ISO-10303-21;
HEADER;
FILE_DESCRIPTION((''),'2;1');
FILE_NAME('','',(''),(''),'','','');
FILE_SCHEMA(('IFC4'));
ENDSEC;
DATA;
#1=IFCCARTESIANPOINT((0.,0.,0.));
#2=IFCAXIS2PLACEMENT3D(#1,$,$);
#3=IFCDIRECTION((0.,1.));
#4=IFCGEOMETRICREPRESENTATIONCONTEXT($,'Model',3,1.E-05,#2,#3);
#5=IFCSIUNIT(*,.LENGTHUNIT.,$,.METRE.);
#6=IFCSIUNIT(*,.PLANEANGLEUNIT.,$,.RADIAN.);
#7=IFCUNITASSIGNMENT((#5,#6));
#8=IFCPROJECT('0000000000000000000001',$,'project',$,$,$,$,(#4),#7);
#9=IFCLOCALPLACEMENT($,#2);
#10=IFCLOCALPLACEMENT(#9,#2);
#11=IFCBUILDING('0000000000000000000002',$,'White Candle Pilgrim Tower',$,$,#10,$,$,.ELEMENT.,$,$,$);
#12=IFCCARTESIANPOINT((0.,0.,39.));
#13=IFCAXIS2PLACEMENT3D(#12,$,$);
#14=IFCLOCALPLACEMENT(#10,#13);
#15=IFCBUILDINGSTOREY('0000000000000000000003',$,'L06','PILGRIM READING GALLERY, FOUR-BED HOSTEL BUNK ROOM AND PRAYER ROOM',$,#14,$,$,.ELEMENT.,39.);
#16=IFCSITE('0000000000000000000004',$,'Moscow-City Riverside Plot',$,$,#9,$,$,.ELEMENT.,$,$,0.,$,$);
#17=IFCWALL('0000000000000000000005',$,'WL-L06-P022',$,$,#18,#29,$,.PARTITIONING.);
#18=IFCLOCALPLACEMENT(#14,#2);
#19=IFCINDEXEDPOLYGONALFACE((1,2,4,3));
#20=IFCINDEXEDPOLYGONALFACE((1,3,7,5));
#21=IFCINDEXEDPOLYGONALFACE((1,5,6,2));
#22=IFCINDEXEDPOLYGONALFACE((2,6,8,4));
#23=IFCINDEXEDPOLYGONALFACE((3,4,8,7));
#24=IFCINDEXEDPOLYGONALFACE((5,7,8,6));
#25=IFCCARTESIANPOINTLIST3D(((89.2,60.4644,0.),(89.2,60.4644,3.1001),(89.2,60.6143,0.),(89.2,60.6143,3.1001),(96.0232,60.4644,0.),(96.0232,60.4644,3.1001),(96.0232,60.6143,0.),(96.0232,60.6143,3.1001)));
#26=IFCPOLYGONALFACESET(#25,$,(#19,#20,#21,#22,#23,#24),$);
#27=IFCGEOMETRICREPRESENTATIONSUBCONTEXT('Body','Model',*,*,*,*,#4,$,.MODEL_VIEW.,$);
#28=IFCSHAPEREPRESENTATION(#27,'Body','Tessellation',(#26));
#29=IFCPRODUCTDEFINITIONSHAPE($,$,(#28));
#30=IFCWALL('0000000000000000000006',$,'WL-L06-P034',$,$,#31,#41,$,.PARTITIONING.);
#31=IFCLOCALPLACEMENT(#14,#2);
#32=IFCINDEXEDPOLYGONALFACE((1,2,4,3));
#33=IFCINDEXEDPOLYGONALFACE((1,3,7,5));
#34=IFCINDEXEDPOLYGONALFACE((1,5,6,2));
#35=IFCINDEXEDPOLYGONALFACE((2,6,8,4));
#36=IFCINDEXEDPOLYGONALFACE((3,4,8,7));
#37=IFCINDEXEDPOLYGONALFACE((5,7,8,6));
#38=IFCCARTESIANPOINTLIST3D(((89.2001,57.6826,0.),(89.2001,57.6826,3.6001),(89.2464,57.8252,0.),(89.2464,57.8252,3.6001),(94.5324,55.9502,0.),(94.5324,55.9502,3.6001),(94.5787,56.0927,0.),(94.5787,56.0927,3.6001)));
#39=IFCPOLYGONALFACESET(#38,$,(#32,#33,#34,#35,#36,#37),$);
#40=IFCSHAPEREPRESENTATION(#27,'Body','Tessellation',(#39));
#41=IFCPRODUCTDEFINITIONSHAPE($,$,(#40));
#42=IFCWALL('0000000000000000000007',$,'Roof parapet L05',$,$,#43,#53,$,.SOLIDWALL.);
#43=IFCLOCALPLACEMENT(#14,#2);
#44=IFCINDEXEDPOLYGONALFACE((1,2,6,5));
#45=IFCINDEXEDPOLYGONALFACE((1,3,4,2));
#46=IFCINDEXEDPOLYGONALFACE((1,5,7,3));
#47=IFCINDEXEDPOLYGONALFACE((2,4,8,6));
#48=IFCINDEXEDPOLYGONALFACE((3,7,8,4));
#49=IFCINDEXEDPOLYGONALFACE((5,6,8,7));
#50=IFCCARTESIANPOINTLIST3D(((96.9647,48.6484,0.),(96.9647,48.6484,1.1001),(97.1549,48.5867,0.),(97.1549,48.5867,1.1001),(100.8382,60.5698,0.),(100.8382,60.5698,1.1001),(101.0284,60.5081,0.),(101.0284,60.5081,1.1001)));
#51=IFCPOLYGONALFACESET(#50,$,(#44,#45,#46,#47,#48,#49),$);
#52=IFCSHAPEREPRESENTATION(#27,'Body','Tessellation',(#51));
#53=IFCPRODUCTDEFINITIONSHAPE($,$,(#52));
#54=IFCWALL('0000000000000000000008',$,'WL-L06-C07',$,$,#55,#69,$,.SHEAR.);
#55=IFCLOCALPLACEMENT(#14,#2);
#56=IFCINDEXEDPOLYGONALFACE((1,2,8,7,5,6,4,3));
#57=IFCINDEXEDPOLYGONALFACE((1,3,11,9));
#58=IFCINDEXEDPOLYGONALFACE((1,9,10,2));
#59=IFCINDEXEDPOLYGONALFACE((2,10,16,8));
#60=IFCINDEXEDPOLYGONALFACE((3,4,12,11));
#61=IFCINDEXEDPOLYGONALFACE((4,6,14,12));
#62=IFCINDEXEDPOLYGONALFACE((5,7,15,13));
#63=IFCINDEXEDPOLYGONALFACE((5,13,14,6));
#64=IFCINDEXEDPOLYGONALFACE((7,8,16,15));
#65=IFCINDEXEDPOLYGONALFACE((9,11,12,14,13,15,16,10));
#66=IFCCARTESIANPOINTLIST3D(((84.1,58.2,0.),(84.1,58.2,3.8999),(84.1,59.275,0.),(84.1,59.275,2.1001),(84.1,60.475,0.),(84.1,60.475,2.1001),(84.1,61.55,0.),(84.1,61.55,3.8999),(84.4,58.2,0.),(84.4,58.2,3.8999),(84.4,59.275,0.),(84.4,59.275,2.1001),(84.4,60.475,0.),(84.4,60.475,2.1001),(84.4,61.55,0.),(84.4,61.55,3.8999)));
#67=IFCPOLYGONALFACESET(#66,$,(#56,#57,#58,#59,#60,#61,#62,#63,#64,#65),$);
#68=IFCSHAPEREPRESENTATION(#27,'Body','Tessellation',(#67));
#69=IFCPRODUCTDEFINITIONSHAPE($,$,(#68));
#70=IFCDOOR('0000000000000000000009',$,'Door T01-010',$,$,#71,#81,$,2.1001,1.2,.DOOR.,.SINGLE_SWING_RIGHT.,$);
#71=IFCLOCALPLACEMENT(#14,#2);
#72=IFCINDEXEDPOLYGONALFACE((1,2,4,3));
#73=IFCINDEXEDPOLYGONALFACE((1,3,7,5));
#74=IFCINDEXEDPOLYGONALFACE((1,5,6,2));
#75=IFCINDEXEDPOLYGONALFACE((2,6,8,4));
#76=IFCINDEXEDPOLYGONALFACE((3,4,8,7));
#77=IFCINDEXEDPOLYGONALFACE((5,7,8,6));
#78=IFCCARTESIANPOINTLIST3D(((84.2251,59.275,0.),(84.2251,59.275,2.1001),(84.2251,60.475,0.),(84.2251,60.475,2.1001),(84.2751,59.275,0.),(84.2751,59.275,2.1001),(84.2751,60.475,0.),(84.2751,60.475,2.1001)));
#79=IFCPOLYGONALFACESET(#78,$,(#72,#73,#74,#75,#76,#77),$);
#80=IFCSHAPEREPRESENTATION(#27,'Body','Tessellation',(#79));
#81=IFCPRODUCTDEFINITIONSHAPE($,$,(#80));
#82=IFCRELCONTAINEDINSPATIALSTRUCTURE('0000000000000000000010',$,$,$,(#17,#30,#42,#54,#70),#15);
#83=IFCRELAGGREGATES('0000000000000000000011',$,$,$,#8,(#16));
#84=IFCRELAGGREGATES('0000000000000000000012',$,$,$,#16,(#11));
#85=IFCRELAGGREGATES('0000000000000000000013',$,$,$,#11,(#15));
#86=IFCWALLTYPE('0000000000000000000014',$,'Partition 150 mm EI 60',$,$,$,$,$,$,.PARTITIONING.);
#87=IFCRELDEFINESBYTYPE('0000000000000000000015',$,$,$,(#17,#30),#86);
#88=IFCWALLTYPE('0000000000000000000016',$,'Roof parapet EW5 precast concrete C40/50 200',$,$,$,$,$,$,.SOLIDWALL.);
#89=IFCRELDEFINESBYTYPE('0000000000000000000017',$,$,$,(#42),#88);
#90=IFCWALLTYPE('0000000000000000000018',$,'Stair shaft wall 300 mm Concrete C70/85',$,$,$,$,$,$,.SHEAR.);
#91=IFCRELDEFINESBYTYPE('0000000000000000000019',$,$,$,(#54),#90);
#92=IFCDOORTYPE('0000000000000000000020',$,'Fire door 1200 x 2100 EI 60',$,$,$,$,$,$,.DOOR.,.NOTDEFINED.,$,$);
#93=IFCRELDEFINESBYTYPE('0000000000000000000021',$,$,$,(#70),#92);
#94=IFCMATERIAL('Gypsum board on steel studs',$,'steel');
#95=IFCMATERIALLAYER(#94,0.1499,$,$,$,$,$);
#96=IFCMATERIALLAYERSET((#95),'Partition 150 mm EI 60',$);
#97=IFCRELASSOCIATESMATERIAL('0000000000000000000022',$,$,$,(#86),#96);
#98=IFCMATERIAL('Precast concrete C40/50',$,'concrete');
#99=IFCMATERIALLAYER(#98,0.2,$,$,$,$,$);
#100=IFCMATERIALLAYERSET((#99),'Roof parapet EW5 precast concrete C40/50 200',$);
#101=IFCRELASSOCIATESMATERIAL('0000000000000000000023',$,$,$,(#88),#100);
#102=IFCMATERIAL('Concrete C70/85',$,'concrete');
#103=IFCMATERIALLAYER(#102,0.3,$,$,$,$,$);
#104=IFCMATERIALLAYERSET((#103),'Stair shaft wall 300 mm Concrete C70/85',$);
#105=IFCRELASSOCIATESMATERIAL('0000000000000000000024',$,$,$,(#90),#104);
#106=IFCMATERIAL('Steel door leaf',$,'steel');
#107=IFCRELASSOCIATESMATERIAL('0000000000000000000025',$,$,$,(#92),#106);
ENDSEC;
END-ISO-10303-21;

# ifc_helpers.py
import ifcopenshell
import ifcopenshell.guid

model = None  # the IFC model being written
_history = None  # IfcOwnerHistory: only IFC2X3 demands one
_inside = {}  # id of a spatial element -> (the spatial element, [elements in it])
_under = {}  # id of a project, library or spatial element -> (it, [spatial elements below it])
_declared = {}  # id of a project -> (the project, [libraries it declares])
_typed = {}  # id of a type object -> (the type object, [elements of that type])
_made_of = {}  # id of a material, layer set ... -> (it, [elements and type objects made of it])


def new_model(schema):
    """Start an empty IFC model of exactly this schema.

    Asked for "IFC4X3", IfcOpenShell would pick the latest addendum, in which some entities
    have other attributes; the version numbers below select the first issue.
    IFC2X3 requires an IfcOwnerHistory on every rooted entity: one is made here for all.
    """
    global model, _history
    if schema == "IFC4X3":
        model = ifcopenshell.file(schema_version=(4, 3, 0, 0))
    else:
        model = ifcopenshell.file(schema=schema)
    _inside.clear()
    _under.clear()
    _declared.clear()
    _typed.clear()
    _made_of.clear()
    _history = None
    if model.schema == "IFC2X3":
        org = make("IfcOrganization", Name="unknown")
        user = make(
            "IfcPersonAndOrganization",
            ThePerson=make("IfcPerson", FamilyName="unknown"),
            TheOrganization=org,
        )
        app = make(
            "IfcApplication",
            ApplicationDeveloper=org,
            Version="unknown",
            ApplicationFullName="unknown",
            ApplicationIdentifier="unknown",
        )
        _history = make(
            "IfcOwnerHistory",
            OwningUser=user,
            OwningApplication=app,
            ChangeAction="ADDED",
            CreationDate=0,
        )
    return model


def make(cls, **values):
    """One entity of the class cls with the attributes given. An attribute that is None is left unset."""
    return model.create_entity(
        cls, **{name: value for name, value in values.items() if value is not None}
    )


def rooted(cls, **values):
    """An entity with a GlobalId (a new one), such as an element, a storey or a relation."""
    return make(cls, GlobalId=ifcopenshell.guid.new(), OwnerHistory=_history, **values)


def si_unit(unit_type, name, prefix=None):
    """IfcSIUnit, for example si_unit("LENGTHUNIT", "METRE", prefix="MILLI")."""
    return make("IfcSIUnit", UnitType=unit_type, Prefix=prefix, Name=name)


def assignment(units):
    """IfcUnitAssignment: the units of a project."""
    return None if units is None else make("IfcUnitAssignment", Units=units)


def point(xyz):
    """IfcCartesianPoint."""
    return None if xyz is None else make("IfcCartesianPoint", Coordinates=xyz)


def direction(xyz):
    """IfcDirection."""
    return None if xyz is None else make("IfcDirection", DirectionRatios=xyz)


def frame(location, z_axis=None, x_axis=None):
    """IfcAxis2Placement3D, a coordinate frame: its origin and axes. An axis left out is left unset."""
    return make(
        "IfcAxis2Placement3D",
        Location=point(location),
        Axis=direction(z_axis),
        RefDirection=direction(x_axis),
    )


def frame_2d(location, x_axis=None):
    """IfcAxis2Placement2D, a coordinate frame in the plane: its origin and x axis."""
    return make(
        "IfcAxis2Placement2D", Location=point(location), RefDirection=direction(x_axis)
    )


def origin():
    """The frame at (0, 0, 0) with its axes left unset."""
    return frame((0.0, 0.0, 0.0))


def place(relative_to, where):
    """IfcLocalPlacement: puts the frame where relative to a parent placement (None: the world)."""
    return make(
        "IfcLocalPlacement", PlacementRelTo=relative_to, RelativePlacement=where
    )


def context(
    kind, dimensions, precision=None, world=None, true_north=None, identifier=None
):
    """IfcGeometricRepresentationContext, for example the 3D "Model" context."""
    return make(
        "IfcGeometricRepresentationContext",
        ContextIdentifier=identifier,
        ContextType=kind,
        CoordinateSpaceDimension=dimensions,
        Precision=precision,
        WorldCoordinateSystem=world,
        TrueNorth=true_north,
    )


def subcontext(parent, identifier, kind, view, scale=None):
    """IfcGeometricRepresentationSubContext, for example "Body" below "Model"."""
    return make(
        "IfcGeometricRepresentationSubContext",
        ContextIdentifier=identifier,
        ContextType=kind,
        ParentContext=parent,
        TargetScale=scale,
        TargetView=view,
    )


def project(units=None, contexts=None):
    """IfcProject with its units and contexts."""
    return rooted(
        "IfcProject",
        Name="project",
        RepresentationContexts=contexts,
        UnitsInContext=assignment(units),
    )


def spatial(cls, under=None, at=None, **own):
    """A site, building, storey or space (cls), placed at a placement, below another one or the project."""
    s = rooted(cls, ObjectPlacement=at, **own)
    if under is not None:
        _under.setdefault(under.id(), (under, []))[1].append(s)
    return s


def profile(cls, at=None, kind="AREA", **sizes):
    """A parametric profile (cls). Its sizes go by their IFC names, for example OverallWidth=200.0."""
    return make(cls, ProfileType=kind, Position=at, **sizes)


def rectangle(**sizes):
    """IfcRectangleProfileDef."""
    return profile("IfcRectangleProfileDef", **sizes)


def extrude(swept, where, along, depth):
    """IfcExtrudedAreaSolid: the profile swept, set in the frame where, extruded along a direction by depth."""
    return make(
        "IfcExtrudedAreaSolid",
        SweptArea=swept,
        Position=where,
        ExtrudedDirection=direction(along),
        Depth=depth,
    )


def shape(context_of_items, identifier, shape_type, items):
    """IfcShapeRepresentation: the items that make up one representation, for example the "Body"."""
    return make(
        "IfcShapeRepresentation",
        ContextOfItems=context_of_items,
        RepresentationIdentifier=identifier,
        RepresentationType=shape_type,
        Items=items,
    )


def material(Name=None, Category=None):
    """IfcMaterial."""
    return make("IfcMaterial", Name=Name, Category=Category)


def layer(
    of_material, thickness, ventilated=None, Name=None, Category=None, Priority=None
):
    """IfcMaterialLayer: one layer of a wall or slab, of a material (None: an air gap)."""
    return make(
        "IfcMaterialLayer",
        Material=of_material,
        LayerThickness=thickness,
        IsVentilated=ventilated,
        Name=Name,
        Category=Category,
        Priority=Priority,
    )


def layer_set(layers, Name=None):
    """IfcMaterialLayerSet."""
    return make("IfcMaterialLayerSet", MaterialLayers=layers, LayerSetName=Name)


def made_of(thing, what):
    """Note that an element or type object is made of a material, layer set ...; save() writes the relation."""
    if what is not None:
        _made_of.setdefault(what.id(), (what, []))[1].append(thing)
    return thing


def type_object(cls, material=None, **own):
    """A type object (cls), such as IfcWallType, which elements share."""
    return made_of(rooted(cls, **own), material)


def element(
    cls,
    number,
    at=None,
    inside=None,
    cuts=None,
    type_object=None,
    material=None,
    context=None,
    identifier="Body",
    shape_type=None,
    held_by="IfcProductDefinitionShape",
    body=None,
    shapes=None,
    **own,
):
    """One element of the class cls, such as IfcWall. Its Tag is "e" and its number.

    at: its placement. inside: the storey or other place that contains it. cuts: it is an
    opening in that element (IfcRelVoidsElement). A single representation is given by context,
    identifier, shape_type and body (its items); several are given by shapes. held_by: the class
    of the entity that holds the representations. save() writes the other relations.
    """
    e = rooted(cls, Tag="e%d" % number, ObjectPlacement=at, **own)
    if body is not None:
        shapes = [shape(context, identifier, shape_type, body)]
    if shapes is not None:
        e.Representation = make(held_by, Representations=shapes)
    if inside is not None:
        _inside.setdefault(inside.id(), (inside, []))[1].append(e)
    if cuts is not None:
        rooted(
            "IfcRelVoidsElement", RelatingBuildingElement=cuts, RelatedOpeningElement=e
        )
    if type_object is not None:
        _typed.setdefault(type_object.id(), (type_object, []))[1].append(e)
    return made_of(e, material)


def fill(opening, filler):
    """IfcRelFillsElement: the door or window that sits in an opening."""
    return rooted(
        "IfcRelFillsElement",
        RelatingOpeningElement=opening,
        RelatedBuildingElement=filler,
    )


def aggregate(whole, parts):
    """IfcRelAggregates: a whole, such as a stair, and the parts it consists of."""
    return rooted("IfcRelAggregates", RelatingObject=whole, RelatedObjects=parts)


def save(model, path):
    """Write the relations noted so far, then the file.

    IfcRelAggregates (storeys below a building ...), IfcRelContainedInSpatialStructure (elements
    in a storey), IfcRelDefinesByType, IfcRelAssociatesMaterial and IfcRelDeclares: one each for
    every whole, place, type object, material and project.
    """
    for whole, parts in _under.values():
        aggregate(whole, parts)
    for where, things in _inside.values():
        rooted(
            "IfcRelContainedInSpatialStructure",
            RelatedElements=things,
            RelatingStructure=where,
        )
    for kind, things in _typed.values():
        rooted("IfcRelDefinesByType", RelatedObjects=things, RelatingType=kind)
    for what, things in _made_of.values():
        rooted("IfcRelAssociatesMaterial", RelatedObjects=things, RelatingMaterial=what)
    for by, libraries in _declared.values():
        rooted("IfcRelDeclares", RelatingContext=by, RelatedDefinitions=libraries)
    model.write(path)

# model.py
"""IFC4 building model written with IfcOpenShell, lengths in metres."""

from ifc_helpers import new_model, si_unit, direction, frame, frame_2d, origin, place, context, subcontext, project, spatial, rectangle, extrude, material, layer, layer_set, type_object, element, fill, save


model = new_model("IFC4")

# Units and contexts
model_context = context("Model", 3, precision=1e-05, world=origin(), true_north=direction((0.0, 1.0)))
body_context = subcontext(model_context, "Body", "Model", "MODEL_VIEW")
ifc_project = project(units=[si_unit("LENGTHUNIT", "METRE"), si_unit("PLANEANGLEUNIT", "RADIAN")], contexts=[model_context])

# Site, building, storey
site_placement = place(None, origin())
site = spatial("IfcSite", under=ifc_project, at=site_placement, Name="Moscow-City Riverside Plot", CompositionType="ELEMENT", RefElevation=0.0)
building_placement = place(site_placement, origin())
building = spatial("IfcBuilding", under=site, at=building_placement, Name="White Candle Pilgrim Tower", CompositionType="ELEMENT")
storey_placement = place(building_placement, frame((0.0, 0.0, 39.0)))
storey = spatial("IfcBuildingStorey", under=building, at=storey_placement, Name="L06", Description="PILGRIM READING GALLERY, FOUR-BED HOSTEL BUNK ROOM AND PRAYER ROOM", CompositionType="ELEMENT", Elevation=39.0)

# Shared definitions
ifc_material_1 = material(Name="Concrete C70/85", Category="concrete")

# Shared definitions
ifc_material_2 = material(Name="Gypsum board on steel studs", Category="steel")
ifc_material_3 = material(Name="Steel door leaf", Category="steel")

# Shared definitions
ifc_material_4 = material(Name="Precast concrete C40/50", Category="concrete")

# Walls
ifc_layer_1 = layer(ifc_material_2, 0.1499)
ifc_layer_set_1 = layer_set([ifc_layer_1], Name="Partition 150 mm EI 60")
wall_type_1 = type_object("IfcWallType", Name="Partition 150 mm EI 60", PredefinedType="PARTITIONING", material=ifc_layer_set_1)
wall_1_placement = place(storey_placement, frame((96.0232, 60.5393, 0.0), z_axis=(0.0, 0.0, 1.0), x_axis=(-1.0, 0.0, 0.0)))
element("IfcWall", 1, at=wall_1_placement, inside=storey, type_object=wall_type_1, Name="WL-L06-P022", PredefinedType="PARTITIONING", context=body_context, shape_type="SweptSolid", body=[
    extrude(rectangle(XDim=6.8232, YDim=0.1499, at=frame_2d((3.4116, 0.0))), origin(), (0.0, 0.0, 1.0), 3.1001),
])
wall_2_placement = place(storey_placement, frame((94.5554, 56.0215, 0.0), z_axis=(0.0, 0.0, 1.0), x_axis=(-0.951064, 0.308995, 0.0)))
element("IfcWall", 2, at=wall_2_placement, inside=storey, type_object=wall_type_1, Name="WL-L06-P034", PredefinedType="PARTITIONING", context=body_context, shape_type="SweptSolid", body=[
    extrude(rectangle(XDim=5.6067, YDim=0.1499, at=frame_2d((2.8032, 0.0))), origin(), (0.0, 0.0, 1.0), 3.6001),
])
ifc_layer_2 = layer(ifc_material_4, 0.2)
ifc_layer_set_2 = layer_set([ifc_layer_2], Name="Roof parapet EW5 precast concrete C40/50 200")
wall_type_2 = type_object("IfcWallType", Name="Roof parapet EW5 precast concrete C40/50 200", PredefinedType="SOLIDWALL", material=ifc_layer_set_2)
wall_3_placement = place(storey_placement, frame((100.9333, 60.5391, 0.0), z_axis=(0.0, 0.0, 1.0), x_axis=(-0.30902, -0.951056, 0.0)))
element("IfcWall", 3, at=wall_3_placement, inside=storey, type_object=wall_type_2, Name="Roof parapet L05", PredefinedType="SOLIDWALL", context=body_context, shape_type="SweptSolid", body=[
    extrude(rectangle(XDim=12.5349, YDim=0.2, at=frame_2d((6.2676, 0.0))), origin(), (0.0, 0.0, 1.0), 1.1001),
])

# Wall, opening, door
ifc_layer_3 = layer(ifc_material_1, 0.3)
ifc_layer_set_3 = layer_set([ifc_layer_3], Name="Stair shaft wall 300 mm Concrete C70/85")
wall_type_3 = type_object("IfcWallType", Name="Stair shaft wall 300 mm Concrete C70/85", PredefinedType="SHEAR", material=ifc_layer_set_3)
wall_4_placement = place(storey_placement, frame((84.25, 58.2, 0.0), z_axis=(0.0, 0.0, 1.0), x_axis=(0.0, 1.0, 0.0)))
wall_4 = element("IfcWall", 4, at=wall_4_placement, inside=storey, type_object=wall_type_3, Name="WL-L06-C07", PredefinedType="SHEAR", context=body_context, shape_type="SweptSolid", body=[
    extrude(rectangle(XDim=3.3501, YDim=0.3, at=frame_2d((1.675, 0.0))), origin(), (0.0, 0.0, 1.0), 3.8999),
])
opening_1_placement = place(wall_4_placement, frame((1.075, 0.0, 0.0)))
opening_1 = element("IfcOpeningElement", 5, at=opening_1_placement, cuts=wall_4, PredefinedType="OPENING", context=body_context, shape_type="SweptSolid", body=[
    extrude(rectangle(XDim=1.2, YDim=2.1001, at=frame_2d((0.6001, 1.05))), frame((0.0, 0.1599, 0.0), z_axis=(0.0, -1.0, 0.0), x_axis=(1.0, 0.0, 0.0)), (0.0, 0.0, 1.0), 0.3201),
])
door_type_1 = type_object("IfcDoorType", Name="Fire door 1200 x 2100 EI 60", OperationType="NOTDEFINED", PredefinedType="DOOR", material=ifc_material_3)
door_1_placement = place(opening_1_placement, origin())
door_1 = element("IfcDoor", 6, at=door_1_placement, inside=storey, type_object=door_type_1, Name="Door T01-010", OperationType="SINGLE_SWING_RIGHT", OverallHeight=2.1001, OverallWidth=1.2, PredefinedType="DOOR", context=body_context, shape_type="SweptSolid", body=[
    extrude(rectangle(XDim=1.2, YDim=2.1001, at=frame_2d((0.6001, 1.05))), frame((0.0, 0.0249, 0.0), z_axis=(0.0, -1.0, 0.0), x_axis=(1.0, 0.0, 0.0)), (0.0, 0.0, 1.0), 0.05),
])
fill(opening_1, door_1)

save(model, "model.ifc")
